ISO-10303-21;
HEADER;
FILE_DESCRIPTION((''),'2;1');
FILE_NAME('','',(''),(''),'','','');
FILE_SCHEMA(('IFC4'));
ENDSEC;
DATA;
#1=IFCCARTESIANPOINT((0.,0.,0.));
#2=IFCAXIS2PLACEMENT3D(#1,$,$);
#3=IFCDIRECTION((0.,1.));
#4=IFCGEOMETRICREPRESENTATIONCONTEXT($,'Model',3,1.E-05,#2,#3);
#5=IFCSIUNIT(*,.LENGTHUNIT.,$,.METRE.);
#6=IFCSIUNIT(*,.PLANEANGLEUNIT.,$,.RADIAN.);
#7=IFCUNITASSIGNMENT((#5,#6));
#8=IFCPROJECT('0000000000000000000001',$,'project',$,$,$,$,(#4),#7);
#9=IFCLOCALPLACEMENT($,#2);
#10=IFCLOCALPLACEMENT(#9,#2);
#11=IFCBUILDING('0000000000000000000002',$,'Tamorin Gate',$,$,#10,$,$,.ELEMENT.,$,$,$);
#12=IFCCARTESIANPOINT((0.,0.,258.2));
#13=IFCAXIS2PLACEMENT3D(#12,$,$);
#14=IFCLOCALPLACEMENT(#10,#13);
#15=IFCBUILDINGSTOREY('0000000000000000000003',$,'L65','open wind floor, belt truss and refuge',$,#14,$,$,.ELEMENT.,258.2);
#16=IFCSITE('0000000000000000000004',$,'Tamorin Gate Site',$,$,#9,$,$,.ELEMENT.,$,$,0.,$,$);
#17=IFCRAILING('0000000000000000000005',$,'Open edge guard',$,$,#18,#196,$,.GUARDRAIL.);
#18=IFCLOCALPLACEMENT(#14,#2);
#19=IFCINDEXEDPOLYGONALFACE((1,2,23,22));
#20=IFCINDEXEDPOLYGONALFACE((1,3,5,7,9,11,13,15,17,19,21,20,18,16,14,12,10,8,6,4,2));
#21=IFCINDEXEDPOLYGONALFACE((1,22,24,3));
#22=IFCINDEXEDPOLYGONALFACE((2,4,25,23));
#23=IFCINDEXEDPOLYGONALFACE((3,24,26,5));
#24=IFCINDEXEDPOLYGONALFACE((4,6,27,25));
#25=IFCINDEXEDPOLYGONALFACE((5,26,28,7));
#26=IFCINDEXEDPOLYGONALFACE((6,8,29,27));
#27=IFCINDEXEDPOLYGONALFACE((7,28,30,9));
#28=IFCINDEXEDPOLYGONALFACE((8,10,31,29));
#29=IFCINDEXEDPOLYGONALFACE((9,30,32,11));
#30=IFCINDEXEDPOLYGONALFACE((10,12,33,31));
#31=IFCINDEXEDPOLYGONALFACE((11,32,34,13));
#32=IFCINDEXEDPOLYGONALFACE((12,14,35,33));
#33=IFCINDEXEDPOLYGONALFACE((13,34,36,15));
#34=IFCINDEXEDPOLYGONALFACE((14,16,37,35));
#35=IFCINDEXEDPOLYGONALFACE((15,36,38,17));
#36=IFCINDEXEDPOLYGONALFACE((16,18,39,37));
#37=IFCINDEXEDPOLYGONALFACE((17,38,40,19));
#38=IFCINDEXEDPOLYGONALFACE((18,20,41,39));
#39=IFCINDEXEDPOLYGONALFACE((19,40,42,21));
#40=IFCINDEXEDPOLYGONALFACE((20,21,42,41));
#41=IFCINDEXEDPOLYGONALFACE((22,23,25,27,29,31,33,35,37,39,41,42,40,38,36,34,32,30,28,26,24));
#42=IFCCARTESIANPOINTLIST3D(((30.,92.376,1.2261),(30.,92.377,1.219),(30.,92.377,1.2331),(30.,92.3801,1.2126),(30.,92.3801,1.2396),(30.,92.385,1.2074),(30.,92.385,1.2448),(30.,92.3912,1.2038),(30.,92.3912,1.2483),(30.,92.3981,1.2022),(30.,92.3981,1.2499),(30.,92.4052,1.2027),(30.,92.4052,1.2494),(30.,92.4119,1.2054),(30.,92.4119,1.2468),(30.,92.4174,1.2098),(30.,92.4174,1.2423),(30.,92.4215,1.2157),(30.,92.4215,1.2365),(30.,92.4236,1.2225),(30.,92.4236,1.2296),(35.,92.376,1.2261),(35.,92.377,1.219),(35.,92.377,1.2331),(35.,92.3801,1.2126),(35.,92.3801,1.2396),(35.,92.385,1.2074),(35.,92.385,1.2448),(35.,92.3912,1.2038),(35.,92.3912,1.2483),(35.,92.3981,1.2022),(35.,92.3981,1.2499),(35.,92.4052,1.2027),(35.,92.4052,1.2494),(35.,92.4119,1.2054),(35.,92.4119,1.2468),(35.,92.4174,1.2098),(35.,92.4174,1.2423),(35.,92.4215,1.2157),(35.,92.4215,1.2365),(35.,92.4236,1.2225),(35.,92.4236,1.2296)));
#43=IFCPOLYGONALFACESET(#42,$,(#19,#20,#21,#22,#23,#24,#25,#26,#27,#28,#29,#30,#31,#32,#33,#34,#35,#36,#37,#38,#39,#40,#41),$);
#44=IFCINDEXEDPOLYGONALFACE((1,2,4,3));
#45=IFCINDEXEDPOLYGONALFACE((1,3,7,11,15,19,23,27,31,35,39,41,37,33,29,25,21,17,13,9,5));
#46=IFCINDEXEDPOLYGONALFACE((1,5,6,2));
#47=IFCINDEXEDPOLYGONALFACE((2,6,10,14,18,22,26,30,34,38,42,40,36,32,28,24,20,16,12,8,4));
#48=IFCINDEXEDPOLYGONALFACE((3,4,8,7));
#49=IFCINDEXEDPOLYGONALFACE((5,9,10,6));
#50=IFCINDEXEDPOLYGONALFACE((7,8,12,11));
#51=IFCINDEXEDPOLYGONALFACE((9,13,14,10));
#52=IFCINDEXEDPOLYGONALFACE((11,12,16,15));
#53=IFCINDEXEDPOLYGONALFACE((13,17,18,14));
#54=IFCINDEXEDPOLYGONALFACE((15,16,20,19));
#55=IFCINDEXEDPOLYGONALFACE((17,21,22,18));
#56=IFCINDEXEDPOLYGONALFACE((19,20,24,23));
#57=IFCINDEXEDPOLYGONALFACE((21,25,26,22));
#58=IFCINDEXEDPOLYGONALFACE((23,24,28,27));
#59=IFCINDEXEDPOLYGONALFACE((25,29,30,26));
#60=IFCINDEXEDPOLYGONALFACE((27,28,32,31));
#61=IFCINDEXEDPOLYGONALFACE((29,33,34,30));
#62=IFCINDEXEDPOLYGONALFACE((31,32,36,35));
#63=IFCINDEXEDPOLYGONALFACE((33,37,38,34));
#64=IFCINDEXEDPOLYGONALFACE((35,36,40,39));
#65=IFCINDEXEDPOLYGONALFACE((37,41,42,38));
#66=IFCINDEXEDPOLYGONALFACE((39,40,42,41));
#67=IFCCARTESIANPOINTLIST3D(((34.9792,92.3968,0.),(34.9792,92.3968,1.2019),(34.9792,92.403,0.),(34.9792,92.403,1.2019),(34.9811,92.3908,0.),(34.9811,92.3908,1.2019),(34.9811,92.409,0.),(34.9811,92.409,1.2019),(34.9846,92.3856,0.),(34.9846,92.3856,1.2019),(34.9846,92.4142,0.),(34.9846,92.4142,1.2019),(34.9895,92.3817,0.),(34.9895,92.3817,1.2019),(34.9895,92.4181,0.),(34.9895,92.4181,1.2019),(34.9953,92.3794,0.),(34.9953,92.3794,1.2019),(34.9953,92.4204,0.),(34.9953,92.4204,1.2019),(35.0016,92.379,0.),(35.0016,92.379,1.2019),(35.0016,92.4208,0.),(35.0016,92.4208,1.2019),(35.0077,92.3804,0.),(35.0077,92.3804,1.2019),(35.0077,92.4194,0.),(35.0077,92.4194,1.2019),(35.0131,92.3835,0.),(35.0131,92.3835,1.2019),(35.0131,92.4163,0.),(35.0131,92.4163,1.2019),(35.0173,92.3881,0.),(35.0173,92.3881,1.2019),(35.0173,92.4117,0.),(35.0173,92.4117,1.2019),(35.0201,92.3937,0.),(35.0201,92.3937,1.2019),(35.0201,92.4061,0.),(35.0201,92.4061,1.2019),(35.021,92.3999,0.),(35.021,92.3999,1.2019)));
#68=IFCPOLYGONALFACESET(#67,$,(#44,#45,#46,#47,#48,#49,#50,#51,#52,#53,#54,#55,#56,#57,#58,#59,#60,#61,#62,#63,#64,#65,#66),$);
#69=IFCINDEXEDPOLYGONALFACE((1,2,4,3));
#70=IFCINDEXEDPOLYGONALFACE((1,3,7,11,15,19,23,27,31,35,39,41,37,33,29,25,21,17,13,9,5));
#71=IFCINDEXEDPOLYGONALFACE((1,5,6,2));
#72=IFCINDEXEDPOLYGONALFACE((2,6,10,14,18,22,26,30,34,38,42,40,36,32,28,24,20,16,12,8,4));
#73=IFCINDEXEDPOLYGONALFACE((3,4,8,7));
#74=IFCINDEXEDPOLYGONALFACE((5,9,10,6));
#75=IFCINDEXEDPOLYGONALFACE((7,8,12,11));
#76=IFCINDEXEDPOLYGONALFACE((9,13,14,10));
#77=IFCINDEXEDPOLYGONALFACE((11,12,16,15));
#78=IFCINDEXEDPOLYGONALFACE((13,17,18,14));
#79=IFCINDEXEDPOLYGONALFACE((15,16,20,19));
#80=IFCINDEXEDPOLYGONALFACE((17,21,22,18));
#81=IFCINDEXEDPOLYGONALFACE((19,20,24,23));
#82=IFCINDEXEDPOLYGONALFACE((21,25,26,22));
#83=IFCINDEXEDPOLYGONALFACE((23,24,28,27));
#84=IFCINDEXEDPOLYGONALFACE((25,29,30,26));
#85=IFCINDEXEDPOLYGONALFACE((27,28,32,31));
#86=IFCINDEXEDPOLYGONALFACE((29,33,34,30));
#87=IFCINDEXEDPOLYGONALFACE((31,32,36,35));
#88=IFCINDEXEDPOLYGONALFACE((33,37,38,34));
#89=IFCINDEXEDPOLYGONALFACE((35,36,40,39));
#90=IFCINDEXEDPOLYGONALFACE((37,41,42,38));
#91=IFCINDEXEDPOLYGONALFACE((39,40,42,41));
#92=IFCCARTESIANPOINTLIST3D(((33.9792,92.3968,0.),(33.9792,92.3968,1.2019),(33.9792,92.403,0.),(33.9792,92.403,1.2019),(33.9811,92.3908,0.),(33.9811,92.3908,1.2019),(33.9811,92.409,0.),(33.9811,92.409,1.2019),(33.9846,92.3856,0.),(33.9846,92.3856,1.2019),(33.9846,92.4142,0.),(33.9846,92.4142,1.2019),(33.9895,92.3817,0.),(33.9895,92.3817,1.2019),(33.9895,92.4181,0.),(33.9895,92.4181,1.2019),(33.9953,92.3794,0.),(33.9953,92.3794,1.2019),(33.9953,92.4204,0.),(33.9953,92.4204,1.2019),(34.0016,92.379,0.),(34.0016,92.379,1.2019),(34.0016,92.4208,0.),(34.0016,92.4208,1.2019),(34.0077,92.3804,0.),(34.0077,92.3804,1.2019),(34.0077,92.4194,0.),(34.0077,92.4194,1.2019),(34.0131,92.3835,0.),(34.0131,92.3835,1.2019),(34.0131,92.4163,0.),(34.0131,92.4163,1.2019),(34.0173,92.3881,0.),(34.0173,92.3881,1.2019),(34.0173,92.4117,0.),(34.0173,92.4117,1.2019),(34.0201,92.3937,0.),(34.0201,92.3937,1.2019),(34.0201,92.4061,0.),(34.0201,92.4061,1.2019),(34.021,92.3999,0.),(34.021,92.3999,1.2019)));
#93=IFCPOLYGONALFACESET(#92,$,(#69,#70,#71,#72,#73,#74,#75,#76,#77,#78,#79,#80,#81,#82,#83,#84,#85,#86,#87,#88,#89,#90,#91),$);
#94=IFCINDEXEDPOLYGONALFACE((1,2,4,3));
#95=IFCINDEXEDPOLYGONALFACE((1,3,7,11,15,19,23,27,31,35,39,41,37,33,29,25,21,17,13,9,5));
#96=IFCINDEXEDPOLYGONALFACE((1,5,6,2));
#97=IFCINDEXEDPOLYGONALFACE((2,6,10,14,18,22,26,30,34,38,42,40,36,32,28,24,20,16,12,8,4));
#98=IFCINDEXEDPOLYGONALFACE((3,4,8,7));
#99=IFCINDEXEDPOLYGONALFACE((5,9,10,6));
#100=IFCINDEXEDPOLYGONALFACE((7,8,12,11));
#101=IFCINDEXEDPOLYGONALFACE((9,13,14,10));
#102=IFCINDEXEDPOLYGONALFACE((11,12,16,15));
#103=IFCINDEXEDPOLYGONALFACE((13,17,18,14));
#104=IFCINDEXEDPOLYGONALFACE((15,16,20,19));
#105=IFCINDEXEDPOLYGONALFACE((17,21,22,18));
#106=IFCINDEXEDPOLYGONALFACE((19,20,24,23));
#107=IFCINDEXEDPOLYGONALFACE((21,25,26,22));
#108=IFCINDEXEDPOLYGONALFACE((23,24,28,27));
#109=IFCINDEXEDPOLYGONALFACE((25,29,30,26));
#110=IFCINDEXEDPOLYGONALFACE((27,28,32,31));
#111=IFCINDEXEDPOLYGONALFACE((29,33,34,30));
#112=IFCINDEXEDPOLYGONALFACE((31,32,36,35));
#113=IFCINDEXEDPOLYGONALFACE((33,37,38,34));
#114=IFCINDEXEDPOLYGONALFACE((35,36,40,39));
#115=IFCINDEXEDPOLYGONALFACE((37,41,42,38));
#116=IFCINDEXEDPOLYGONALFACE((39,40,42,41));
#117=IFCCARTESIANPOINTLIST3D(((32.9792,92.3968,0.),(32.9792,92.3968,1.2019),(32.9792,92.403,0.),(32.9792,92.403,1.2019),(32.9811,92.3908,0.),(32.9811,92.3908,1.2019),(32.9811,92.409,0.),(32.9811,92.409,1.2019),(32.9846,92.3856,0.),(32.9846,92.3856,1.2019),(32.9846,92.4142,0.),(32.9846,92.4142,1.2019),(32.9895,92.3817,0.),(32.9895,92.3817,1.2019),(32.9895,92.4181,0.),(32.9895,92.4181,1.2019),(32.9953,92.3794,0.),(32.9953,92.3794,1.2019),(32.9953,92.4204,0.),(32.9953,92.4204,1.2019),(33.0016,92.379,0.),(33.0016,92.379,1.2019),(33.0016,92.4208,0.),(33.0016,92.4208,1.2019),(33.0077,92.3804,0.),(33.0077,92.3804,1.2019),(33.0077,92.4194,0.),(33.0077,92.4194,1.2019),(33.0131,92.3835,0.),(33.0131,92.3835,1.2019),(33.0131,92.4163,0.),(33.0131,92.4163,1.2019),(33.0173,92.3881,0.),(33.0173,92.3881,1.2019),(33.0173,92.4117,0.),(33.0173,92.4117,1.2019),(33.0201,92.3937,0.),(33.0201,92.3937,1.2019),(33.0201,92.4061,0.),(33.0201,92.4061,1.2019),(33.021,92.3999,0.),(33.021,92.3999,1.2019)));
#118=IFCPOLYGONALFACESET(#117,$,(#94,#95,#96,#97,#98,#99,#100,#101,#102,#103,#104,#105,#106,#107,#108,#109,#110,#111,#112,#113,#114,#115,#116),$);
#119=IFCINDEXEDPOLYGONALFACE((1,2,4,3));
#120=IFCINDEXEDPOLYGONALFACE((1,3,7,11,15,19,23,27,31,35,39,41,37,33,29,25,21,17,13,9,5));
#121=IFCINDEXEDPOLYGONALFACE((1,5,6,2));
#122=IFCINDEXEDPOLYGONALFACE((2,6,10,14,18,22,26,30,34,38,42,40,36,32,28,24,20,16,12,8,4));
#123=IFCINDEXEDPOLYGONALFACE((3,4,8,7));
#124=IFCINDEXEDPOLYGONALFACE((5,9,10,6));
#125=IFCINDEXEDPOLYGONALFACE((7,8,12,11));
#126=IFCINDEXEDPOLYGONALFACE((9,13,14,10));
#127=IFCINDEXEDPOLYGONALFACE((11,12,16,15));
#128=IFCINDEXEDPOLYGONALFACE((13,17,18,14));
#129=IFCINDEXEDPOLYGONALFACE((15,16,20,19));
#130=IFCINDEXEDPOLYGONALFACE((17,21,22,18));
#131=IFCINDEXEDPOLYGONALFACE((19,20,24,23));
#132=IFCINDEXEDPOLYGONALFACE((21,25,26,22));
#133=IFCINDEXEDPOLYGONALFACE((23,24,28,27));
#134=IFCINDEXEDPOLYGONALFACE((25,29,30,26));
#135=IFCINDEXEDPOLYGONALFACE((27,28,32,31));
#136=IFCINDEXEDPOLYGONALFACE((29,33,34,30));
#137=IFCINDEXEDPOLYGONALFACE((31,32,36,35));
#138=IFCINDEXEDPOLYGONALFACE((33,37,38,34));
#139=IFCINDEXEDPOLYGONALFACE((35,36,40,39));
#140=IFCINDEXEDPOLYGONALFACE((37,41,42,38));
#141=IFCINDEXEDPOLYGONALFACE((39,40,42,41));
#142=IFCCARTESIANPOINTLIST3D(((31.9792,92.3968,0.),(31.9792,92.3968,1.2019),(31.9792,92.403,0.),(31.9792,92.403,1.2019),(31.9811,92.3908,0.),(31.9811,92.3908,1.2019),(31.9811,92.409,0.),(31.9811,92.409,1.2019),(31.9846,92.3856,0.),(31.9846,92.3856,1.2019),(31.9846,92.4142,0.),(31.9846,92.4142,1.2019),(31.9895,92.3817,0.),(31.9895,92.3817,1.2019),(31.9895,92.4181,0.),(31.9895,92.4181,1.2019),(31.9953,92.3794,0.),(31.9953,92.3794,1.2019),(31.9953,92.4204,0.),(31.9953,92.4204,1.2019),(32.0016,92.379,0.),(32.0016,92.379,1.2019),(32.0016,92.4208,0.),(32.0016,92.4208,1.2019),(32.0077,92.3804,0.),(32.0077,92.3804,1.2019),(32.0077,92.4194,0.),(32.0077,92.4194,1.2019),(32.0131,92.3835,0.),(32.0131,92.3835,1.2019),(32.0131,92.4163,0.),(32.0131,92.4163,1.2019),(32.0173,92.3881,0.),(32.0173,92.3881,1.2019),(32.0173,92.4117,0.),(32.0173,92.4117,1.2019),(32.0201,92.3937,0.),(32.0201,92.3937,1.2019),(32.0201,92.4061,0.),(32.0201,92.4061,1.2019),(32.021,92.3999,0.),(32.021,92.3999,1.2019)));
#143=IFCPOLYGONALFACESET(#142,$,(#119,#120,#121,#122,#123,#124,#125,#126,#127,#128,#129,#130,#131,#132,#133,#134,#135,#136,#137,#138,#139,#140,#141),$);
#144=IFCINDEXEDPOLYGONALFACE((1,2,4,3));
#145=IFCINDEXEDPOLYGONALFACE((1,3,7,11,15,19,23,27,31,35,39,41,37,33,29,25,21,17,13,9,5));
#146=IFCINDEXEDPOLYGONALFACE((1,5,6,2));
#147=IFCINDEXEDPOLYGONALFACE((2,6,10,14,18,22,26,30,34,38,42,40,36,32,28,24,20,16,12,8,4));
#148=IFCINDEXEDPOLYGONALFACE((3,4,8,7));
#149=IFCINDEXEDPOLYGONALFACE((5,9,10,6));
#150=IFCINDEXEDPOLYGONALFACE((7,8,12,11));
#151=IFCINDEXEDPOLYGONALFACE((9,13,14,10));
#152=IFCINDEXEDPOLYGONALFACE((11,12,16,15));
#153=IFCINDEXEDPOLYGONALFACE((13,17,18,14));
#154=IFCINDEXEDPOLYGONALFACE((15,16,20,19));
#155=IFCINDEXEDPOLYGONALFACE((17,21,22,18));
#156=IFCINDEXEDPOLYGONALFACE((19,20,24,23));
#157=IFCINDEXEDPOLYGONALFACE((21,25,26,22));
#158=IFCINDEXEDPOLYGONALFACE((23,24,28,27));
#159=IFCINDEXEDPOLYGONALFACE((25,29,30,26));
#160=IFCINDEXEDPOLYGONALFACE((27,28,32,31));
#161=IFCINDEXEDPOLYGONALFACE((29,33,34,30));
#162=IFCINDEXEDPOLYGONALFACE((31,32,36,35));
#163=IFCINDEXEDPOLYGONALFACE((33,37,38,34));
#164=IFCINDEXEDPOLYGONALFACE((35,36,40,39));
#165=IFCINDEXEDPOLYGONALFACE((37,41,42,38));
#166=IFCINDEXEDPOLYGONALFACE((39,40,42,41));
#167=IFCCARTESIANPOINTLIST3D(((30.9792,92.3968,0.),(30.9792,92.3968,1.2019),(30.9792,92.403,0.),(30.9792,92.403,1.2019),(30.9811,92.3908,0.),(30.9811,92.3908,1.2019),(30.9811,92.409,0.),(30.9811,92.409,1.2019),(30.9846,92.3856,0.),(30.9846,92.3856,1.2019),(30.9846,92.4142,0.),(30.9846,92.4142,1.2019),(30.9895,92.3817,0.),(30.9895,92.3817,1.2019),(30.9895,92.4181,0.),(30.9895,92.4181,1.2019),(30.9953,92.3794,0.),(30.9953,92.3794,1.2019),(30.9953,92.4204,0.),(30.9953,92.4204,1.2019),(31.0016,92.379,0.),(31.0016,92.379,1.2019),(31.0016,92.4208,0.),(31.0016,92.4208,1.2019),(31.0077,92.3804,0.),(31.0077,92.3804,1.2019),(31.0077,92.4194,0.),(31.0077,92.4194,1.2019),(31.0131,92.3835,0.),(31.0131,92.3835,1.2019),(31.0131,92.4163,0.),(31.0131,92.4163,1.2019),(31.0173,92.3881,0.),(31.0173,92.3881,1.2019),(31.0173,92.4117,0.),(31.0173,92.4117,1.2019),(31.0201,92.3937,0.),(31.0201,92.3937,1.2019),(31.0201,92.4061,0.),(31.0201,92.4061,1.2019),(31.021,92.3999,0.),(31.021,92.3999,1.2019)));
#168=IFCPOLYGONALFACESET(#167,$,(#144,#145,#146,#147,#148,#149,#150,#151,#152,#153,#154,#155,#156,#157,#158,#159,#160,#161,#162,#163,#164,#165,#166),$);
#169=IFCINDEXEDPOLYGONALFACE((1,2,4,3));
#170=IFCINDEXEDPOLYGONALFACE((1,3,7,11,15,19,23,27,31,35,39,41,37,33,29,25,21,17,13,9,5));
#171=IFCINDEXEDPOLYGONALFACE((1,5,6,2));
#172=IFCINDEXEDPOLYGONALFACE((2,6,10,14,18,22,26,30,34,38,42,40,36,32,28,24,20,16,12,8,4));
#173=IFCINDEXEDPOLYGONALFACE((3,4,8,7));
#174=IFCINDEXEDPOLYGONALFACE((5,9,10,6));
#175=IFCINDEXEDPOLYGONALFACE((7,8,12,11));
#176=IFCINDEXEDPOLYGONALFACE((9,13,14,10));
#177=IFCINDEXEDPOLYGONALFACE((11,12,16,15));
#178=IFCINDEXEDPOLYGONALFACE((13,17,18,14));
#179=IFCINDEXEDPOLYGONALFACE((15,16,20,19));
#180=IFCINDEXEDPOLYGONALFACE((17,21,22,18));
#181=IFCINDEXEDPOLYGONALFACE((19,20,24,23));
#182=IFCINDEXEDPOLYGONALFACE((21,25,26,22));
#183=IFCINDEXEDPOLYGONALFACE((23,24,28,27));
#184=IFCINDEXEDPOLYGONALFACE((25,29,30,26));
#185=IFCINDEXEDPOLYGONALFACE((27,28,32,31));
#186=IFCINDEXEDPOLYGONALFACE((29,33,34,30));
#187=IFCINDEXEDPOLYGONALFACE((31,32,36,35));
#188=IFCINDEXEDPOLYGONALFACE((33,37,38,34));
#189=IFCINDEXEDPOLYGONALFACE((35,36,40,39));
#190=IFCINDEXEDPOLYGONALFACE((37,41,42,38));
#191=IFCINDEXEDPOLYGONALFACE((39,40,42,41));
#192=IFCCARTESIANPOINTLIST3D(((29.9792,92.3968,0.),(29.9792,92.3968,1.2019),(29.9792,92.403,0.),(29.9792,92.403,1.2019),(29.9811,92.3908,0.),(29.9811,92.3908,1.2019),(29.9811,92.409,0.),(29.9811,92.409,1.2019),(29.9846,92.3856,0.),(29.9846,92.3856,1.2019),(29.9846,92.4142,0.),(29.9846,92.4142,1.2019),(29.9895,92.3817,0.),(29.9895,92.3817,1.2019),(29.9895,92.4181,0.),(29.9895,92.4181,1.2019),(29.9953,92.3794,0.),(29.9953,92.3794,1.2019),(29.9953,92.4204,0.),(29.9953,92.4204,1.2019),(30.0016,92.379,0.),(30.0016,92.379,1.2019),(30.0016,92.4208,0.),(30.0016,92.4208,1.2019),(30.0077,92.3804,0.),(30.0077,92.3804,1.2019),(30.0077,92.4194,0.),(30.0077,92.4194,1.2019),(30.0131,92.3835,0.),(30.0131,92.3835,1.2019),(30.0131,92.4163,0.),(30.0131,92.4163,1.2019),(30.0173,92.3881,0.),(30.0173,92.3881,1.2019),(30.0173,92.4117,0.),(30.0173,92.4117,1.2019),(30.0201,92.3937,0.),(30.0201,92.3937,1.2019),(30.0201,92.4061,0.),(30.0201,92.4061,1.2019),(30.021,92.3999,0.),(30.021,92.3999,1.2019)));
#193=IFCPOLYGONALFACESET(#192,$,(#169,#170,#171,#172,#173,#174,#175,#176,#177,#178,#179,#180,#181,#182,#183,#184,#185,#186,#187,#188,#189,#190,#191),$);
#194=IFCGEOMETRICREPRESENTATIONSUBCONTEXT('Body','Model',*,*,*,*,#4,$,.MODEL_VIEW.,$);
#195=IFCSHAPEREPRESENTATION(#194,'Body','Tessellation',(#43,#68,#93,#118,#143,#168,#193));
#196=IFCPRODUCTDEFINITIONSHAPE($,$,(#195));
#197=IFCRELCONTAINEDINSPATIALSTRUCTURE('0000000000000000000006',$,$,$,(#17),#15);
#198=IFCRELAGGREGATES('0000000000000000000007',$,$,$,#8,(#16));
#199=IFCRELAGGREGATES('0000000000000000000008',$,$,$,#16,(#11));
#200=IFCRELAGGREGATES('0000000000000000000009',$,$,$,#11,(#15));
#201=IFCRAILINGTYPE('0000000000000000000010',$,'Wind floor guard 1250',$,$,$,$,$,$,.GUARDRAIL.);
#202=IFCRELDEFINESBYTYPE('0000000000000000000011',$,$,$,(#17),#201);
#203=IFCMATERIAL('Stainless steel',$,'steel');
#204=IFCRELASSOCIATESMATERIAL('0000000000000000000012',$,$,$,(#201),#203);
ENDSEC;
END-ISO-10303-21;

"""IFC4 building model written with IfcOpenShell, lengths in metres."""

from ifc_helpers import new_model, si_unit, direction, frame, origin, origin_2d, place, context, subcontext, project, spatial, circle, extrude, material, type_object, element, save


model = new_model("IFC4")

# Units and contexts
model_context = context("Model", 3, precision=1e-05, world=origin(), true_north=direction((0.0, 1.0)))
body_context = subcontext(model_context, "Body", "Model", "MODEL_VIEW")
ifc_project = project(units=[si_unit("LENGTHUNIT", "METRE"), si_unit("PLANEANGLEUNIT", "RADIAN")], contexts=[model_context])

# Site, building, storey
site_placement = place(None, origin())
site = spatial("IfcSite", under=ifc_project, at=site_placement, Name="Tamorin Gate Site", CompositionType="ELEMENT", RefElevation=0.0)
building_placement = place(site_placement, origin())
building = spatial("IfcBuilding", under=site, at=building_placement, Name="Tamorin Gate", CompositionType="ELEMENT")
storey_placement = place(building_placement, frame((0.0, 0.0, 258.2)))
storey = spatial("IfcBuildingStorey", under=building, at=storey_placement, Name="L65", Description="open wind floor, belt truss and refuge", CompositionType="ELEMENT", Elevation=258.2)

# Railing
ifc_material_1 = material(Name="Stainless steel", Category="steel")
railing_type = type_object("IfcRailingType", Name="Wind floor guard 1250", PredefinedType="GUARDRAIL", material=ifc_material_1)
railing_1_placement = place(storey_placement, frame((35.0, 92.3999, 0.0)))
element("IfcRailing", 1, at=railing_1_placement, inside=storey, type_object=railing_type, Name="Open edge guard", PredefinedType="GUARDRAIL", context=body_context, shape_type="SweptSolid", body=[
    extrude(circle(Radius=0.0239, at=origin_2d()), frame((0.0, 0.0, 1.2261), z_axis=(-1.0, 0.0, 0.0), x_axis=(0.0, -1.0, 0.0)), (0.0, 0.0, 1.0), 5.0),
    extrude(circle(Radius=0.021, at=origin_2d()), origin(), (0.0, 0.0, 1.0), 1.2019),
    extrude(circle(Radius=0.021, at=origin_2d()), frame((-1.0, 0.0, 0.0)), (0.0, 0.0, 1.0), 1.2019),
    extrude(circle(Radius=0.021, at=origin_2d()), frame((-2.0, 0.0, 0.0)), (0.0, 0.0, 1.0), 1.2019),
    extrude(circle(Radius=0.021, at=origin_2d()), frame((-3.0, 0.0, 0.0)), (0.0, 0.0, 1.0), 1.2019),
    extrude(circle(Radius=0.021, at=origin_2d()), frame((-4.0, 0.0, 0.0)), (0.0, 0.0, 1.0), 1.2019),
    extrude(circle(Radius=0.021, at=origin_2d()), frame((-5.0, 0.0, 0.0)), (0.0, 0.0, 1.0), 1.2019),
])

save(model, "model.ifc")
